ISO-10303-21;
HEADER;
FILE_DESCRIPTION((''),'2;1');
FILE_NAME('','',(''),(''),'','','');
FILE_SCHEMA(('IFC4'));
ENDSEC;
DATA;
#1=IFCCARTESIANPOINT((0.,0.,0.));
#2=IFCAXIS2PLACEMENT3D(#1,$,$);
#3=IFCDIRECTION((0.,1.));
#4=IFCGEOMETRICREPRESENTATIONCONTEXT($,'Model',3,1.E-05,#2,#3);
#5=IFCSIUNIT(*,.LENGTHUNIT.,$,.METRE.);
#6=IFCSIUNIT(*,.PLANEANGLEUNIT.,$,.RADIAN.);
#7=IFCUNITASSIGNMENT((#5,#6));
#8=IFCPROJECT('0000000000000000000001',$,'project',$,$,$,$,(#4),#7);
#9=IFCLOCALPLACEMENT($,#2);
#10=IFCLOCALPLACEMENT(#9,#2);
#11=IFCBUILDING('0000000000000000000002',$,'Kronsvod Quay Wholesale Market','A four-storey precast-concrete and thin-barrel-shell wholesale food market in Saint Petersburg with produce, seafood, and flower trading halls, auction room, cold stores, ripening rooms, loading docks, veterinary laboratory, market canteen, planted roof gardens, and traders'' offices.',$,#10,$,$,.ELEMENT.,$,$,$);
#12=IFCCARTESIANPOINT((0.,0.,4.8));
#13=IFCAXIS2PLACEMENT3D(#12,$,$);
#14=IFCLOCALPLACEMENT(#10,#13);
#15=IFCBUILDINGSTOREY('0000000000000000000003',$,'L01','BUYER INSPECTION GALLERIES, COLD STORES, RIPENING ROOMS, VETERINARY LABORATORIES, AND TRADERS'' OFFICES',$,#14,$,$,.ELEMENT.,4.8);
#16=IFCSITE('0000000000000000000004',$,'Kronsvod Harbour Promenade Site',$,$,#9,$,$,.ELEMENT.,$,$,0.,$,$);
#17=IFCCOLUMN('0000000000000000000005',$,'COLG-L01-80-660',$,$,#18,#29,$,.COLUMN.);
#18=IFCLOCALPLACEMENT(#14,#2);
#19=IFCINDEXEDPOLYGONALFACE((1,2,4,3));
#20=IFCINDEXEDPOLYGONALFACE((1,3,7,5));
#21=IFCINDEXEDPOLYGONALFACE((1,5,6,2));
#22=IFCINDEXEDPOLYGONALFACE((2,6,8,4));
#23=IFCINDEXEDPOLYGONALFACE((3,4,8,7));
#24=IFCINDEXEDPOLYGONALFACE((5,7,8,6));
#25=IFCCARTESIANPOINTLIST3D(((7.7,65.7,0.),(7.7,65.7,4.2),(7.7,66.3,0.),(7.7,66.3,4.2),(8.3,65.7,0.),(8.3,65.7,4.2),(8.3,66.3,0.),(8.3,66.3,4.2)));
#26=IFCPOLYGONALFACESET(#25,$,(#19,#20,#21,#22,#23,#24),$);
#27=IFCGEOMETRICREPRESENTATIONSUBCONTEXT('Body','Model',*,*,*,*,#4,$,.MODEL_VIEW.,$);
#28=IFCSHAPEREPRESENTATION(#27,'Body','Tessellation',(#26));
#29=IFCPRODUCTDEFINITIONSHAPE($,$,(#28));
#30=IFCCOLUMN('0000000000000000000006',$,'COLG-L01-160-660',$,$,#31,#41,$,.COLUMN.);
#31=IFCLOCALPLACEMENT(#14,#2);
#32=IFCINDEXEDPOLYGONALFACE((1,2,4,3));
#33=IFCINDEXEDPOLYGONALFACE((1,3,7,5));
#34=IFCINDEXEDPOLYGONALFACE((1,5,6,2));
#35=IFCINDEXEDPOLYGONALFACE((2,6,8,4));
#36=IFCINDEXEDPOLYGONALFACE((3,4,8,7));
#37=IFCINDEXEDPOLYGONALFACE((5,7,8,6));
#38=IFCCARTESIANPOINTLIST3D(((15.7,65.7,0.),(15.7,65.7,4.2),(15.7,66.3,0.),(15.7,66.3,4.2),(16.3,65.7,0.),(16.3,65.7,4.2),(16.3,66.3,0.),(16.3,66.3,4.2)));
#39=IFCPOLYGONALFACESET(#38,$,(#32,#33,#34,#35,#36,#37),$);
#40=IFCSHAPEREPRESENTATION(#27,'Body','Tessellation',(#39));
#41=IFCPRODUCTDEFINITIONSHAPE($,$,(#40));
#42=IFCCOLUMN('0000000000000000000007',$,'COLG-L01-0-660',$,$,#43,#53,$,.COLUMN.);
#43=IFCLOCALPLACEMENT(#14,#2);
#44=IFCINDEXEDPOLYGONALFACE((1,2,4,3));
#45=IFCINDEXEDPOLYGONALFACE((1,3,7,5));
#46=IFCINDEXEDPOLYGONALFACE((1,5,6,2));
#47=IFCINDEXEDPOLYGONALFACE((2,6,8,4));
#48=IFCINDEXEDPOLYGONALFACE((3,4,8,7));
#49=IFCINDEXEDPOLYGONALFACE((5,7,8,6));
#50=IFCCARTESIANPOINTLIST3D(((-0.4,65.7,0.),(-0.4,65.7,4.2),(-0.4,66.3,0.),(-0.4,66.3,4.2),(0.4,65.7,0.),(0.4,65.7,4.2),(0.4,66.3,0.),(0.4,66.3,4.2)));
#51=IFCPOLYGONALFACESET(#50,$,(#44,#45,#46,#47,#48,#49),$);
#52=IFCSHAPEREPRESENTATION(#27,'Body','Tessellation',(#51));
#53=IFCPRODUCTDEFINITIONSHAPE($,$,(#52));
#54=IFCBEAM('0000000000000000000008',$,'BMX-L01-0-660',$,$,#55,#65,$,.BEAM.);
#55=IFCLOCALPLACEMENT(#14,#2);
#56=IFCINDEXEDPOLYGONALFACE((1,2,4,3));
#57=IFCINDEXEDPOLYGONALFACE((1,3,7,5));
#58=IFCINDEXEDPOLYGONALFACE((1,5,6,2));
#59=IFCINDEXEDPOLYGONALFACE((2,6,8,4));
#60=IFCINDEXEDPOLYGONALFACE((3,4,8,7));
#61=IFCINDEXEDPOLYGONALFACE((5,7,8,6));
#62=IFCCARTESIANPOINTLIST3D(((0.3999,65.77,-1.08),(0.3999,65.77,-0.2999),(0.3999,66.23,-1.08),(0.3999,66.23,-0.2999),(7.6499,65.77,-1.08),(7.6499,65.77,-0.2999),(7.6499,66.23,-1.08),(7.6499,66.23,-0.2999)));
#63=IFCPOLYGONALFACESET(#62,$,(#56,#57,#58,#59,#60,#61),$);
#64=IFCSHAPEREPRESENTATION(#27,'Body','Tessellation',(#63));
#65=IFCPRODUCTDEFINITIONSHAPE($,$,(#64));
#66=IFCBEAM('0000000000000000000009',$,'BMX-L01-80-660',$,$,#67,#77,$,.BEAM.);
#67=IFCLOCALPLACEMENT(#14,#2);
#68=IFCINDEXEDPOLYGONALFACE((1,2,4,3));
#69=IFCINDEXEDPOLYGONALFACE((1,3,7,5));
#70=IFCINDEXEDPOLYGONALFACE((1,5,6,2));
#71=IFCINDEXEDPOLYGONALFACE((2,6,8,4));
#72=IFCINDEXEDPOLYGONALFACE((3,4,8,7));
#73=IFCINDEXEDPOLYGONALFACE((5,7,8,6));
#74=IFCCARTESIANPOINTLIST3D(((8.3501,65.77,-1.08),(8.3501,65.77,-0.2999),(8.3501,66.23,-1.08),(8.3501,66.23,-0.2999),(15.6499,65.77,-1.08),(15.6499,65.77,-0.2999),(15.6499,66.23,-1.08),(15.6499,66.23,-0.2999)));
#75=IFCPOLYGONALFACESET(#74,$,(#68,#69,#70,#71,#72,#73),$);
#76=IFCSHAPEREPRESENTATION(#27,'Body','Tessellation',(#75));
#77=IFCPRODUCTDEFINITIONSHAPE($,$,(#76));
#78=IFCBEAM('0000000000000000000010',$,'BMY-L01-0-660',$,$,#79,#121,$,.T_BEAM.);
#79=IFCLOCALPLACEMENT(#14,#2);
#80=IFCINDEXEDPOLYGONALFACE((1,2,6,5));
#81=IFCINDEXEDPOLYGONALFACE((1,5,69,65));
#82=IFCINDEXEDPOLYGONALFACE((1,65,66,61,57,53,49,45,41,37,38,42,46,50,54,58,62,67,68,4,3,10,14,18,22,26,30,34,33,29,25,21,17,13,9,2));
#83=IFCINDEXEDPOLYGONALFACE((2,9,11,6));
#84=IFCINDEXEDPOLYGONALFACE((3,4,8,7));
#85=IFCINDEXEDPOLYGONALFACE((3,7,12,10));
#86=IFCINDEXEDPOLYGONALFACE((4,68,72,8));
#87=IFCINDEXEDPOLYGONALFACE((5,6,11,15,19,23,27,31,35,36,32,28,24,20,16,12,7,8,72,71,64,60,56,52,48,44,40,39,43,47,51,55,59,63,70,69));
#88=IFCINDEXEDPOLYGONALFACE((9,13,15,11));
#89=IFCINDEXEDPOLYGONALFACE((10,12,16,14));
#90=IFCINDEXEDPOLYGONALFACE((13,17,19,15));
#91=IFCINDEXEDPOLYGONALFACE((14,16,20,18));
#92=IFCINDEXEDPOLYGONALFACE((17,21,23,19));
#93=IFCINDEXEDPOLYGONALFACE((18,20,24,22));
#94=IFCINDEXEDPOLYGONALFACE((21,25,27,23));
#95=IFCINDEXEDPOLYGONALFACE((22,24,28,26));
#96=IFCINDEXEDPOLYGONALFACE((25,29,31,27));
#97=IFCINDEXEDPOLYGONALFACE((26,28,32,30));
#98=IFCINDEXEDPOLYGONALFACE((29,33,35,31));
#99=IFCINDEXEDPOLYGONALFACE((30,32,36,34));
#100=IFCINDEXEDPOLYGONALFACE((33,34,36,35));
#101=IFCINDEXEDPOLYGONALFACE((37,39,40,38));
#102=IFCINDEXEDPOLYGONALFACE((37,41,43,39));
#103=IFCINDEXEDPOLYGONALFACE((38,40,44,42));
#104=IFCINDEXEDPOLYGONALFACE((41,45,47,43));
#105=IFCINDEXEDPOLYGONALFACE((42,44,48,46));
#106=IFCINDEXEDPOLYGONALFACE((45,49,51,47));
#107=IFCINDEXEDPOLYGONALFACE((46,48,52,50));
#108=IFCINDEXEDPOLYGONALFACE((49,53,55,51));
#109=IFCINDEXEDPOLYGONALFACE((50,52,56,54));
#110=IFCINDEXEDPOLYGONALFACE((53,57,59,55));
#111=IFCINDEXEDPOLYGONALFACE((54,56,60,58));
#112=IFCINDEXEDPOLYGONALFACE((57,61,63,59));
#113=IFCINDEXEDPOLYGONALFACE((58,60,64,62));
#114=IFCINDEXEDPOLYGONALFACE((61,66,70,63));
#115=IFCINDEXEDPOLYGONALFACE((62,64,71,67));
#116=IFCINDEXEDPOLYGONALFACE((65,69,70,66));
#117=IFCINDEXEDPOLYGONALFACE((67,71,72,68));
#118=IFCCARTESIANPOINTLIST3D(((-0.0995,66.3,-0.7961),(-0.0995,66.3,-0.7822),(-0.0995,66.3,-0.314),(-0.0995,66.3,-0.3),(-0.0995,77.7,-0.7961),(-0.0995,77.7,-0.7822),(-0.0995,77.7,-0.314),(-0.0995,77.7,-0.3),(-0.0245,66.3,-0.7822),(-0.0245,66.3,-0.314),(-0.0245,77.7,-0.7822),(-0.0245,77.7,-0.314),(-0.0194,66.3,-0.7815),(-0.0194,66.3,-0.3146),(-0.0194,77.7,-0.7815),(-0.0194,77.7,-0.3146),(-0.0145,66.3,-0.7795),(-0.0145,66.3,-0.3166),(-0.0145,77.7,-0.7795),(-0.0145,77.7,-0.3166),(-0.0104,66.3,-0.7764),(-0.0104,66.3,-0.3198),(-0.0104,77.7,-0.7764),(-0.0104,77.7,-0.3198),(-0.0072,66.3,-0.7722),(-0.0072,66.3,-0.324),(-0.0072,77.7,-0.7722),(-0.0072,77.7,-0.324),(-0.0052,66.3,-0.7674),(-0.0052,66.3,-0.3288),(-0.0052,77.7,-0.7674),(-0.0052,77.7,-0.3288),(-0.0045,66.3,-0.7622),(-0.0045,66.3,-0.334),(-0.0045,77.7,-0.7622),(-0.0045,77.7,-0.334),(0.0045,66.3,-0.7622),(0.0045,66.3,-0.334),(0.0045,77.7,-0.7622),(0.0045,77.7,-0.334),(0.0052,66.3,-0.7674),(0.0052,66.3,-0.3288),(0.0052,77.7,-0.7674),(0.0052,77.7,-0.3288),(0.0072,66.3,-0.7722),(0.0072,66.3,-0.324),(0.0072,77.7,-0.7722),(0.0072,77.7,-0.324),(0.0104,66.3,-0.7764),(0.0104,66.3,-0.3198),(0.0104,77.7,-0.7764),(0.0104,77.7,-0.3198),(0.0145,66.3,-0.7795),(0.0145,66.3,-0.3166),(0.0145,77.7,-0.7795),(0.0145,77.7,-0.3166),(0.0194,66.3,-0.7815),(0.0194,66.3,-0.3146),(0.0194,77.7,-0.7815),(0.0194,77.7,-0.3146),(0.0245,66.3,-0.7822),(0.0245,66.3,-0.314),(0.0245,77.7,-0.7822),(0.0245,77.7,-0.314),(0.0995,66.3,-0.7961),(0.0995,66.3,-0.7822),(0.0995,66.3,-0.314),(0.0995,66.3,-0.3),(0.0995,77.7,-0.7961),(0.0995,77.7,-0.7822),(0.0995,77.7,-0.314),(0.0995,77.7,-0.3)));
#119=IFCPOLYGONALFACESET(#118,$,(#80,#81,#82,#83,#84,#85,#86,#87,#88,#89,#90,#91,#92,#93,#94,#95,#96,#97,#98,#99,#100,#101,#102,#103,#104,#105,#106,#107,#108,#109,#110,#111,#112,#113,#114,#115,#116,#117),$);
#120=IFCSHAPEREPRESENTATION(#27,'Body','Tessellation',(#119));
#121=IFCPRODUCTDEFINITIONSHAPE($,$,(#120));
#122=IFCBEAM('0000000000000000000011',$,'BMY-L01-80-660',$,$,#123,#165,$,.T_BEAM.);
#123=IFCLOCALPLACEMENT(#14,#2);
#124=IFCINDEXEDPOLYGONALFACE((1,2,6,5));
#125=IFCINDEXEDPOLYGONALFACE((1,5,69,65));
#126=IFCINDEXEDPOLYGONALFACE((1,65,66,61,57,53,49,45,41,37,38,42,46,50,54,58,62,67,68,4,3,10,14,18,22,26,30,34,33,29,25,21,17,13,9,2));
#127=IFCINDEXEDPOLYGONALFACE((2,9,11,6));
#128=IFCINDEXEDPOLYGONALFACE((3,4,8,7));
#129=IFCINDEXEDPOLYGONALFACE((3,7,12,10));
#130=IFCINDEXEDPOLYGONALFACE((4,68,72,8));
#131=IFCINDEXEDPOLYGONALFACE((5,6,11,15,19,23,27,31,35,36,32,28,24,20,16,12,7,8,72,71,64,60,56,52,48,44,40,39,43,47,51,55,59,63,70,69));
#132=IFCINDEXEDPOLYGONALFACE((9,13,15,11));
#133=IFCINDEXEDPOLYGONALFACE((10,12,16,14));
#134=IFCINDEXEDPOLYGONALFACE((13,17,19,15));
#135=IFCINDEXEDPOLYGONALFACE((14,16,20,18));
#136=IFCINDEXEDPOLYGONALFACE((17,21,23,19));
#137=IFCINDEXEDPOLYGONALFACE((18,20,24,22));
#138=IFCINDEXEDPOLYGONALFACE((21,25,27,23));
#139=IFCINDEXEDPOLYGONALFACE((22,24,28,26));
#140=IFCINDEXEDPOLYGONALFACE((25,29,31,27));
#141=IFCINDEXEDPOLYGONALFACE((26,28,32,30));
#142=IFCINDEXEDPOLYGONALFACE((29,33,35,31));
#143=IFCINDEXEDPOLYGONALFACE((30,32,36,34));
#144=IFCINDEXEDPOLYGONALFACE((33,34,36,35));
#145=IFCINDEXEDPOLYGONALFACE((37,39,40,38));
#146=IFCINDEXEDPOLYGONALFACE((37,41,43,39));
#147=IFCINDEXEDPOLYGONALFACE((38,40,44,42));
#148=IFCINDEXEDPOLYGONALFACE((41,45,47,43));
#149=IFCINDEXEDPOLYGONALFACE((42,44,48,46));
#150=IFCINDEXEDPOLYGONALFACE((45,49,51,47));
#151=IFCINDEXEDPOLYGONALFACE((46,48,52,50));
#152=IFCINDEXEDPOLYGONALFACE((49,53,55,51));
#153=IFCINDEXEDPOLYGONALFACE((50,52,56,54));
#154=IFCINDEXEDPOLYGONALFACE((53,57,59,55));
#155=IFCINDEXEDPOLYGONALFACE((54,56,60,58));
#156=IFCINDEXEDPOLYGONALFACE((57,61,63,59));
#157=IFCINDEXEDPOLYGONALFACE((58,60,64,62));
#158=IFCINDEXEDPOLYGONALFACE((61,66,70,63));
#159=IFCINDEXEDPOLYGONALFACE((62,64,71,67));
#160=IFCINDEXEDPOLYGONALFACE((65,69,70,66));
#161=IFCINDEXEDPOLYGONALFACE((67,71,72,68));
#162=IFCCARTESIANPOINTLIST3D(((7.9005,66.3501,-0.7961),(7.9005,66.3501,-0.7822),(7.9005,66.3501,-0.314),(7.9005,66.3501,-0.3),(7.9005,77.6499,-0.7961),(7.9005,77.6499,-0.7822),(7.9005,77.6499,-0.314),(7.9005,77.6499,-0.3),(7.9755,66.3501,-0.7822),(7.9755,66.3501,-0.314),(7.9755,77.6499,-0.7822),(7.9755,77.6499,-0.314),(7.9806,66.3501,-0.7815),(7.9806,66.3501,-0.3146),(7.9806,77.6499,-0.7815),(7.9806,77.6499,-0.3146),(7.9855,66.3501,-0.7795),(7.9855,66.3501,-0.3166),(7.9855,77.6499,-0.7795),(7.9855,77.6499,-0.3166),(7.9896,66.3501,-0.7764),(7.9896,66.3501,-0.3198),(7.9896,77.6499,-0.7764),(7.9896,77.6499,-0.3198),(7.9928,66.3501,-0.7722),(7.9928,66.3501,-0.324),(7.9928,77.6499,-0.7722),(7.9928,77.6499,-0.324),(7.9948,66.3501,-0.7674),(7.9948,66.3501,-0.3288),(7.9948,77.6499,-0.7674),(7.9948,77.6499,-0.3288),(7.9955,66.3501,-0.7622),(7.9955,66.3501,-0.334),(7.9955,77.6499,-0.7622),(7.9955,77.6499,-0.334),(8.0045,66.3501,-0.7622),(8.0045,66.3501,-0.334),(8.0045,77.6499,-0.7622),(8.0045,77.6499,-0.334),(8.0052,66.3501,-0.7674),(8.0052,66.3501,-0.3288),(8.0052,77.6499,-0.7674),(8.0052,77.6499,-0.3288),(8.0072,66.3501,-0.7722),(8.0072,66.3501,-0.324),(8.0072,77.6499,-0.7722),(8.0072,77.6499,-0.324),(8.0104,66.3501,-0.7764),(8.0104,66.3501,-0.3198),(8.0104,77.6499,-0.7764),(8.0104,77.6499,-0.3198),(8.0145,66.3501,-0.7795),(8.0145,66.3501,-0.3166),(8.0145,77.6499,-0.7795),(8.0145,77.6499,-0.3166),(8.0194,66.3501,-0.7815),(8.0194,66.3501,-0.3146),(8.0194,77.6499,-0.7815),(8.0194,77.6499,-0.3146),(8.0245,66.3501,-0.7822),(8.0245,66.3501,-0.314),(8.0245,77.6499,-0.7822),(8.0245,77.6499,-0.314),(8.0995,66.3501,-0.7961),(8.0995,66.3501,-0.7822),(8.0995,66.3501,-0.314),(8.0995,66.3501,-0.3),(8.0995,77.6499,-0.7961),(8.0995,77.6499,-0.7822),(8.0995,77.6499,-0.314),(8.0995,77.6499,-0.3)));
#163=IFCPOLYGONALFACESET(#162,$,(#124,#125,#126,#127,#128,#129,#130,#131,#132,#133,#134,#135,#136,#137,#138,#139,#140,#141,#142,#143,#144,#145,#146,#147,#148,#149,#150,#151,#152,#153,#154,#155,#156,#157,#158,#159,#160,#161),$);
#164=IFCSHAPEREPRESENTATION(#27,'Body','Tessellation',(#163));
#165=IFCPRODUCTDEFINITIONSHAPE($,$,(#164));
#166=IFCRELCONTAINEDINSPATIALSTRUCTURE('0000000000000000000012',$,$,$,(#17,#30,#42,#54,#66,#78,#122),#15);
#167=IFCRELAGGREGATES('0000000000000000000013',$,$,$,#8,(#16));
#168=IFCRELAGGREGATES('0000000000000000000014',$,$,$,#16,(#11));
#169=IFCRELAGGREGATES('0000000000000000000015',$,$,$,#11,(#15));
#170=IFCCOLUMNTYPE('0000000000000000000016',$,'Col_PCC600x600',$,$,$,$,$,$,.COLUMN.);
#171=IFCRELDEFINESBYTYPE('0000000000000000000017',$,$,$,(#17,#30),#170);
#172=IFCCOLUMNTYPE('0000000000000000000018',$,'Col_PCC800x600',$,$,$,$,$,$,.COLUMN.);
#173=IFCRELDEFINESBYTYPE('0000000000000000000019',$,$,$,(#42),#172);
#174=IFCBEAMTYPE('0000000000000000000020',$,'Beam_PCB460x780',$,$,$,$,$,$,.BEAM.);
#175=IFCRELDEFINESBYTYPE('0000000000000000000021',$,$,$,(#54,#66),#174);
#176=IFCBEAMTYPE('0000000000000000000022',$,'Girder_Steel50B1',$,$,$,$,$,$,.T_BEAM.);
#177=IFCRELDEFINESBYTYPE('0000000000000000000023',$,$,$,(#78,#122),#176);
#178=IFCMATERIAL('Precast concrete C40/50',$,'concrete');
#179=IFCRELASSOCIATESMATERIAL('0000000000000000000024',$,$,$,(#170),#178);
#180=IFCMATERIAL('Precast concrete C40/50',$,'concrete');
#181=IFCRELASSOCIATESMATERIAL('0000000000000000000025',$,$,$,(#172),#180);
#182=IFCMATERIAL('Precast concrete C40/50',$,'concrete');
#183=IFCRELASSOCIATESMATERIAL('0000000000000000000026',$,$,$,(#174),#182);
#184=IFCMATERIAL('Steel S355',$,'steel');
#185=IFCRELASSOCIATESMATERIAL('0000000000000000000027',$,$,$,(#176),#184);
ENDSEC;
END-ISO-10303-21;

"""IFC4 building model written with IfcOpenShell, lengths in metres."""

from ifc_helpers import new_model, si_unit, direction, frame, origin, origin_2d, place, context, subcontext, project, spatial, rectangle, i_section, extrude, material, material_profile, profile_set, type_object, element, save


model = new_model("IFC4")

# Units and contexts
model_context = context("Model", 3, precision=1e-05, world=origin(), true_north=direction((0.0, 1.0)))
body_context = subcontext(model_context, "Body", "Model", "MODEL_VIEW")
ifc_project = project(units=[si_unit("LENGTHUNIT", "METRE"), si_unit("PLANEANGLEUNIT", "RADIAN")], contexts=[model_context])

# Site, building, storey
site_placement = place(None, origin())
site = spatial("IfcSite", under=ifc_project, at=site_placement, Name="Kronsvod Harbour Promenade Site", CompositionType="ELEMENT", RefElevation=0.0)
building_placement = place(site_placement, origin())
building = spatial("IfcBuilding", under=site, at=building_placement, Name="Kronsvod Quay Wholesale Market", Description="A four-storey precast-concrete and thin-barrel-shell wholesale food market in Saint Petersburg with produce, seafood, and flower trading halls, auction room, cold stores, ripening rooms, loading docks, veterinary laboratory, market canteen, planted roof gardens, and traders' offices.", CompositionType="ELEMENT")
storey_placement = place(building_placement, frame((0.0, 0.0, 4.8)))
storey = spatial("IfcBuildingStorey", under=building, at=storey_placement, Name="L01", Description="BUYER INSPECTION GALLERIES, COLD STORES, RIPENING ROOMS, VETERINARY LABORATORIES, AND TRADERS' OFFICES", CompositionType="ELEMENT", Elevation=4.8)

# Columns
ifc_material_1 = material(Name="Precast concrete C40/50", Category="concrete")
ifc_material_profile_1 = material_profile(ifc_material_1, rectangle(XDim=0.6001, YDim=0.6001, at=origin_2d()), Name="PCC600x600")
ifc_profile_set_1 = profile_set([ifc_material_profile_1], Name="Precast concrete C40/50")
column_type_1 = type_object("IfcColumnType", Name="Col_PCC600x600", PredefinedType="COLUMN", material=ifc_profile_set_1)
for number, where, z_axis, x_axis, name in (
    (1, (8.0, 66.0, 0.0), (0.0, 0.0, 1.0), (1.0, 0.0, 0.0), "COLG-L01-80-660"),
    (2, (16.0, 66.0, 0.0), (0.0, 0.0, 1.0), (1.0, 0.0, 0.0), "COLG-L01-160-660"),
):
    element("IfcColumn", number, at=place(storey_placement, frame(where, z_axis=z_axis, x_axis=x_axis)), inside=storey, type_object=column_type_1, Name=name, PredefinedType="COLUMN", context=body_context, shape_type="SweptSolid", body=[
        extrude(rectangle(XDim=0.6001, YDim=0.6001, at=origin_2d()), origin(), (0.0, 0.0, 1.0), 4.2),
    ])
ifc_material_2 = material(Name="Precast concrete C40/50", Category="concrete")
ifc_material_profile_2 = material_profile(ifc_material_2, rectangle(XDim=0.8, YDim=0.6001, at=origin_2d()), Name="PCC800x600")
ifc_profile_set_2 = profile_set([ifc_material_profile_2], Name="Precast concrete C40/50")
column_type_2 = type_object("IfcColumnType", Name="Col_PCC800x600", PredefinedType="COLUMN", material=ifc_profile_set_2)
column_placement = place(storey_placement, frame((0.0, 66.0, 0.0), z_axis=(0.0, 0.0, 1.0), x_axis=(1.0, 0.0, 0.0)))
element("IfcColumn", 3, at=column_placement, inside=storey, type_object=column_type_2, Name="COLG-L01-0-660", PredefinedType="COLUMN", context=body_context, shape_type="SweptSolid", body=[
    extrude(rectangle(XDim=0.8, YDim=0.6001, at=origin_2d()), origin(), (0.0, 0.0, 1.0), 4.2),
])

# Beams
ifc_material_3 = material(Name="Precast concrete C40/50", Category="concrete")
ifc_material_profile_3 = material_profile(ifc_material_3, rectangle(XDim=0.46, YDim=0.78, at=origin_2d()), Name="PB-03")
ifc_profile_set_3 = profile_set([ifc_material_profile_3], Name="Precast concrete C40/50")
beam_type_1 = type_object("IfcBeamType", Name="Beam_PCB460x780", PredefinedType="BEAM", material=ifc_profile_set_3)
beam_1_placement = place(storey_placement, frame((0.3999, 66.0, -0.6899), z_axis=(1.0, 0.0, 0.0), x_axis=(0.0, 1.0, 0.0)))
element("IfcBeam", 4, at=beam_1_placement, inside=storey, type_object=beam_type_1, Name="BMX-L01-0-660", PredefinedType="BEAM", context=body_context, shape_type="SweptSolid", body=[
    extrude(rectangle(XDim=0.46, YDim=0.78, at=origin_2d()), origin(), (0.0, 0.0, 1.0), 7.25),
])
beam_2_placement = place(storey_placement, frame((8.3501, 66.0, -0.6899), z_axis=(1.0, 0.0, 0.0), x_axis=(0.0, 1.0, 0.0)))
element("IfcBeam", 5, at=beam_2_placement, inside=storey, type_object=beam_type_1, Name="BMX-L01-80-660", PredefinedType="BEAM", context=body_context, shape_type="SweptSolid", body=[
    extrude(rectangle(XDim=0.46, YDim=0.78, at=origin_2d()), origin(), (0.0, 0.0, 1.0), 7.2998),
])
ifc_material_4 = material(Name="Steel S355", Category="steel")
ifc_material_profile_4 = material_profile(ifc_material_4, i_section(OverallWidth=0.199, OverallDepth=0.4961, WebThickness=0.009, FlangeThickness=0.0139, FilletRadius=0.02, at=origin_2d()), Name="50B1")
ifc_profile_set_4 = profile_set([ifc_material_profile_4], Name="Steel S355")
beam_type_2 = type_object("IfcBeamType", Name="Girder_Steel50B1", PredefinedType="T_BEAM", material=ifc_profile_set_4)
beam_3_placement = place(storey_placement, frame((0.0, 66.3, -0.5481), z_axis=(0.0, 1.0, 0.0), x_axis=(-1.0, 0.0, 0.0)))
element("IfcBeam", 6, at=beam_3_placement, inside=storey, type_object=beam_type_2, Name="BMY-L01-0-660", PredefinedType="T_BEAM", context=body_context, shape_type="SweptSolid", body=[
    extrude(i_section(OverallWidth=0.199, OverallDepth=0.4961, WebThickness=0.009, FlangeThickness=0.0139, FilletRadius=0.02, at=origin_2d()), origin(), (0.0, 0.0, 1.0), 11.3999),
])
for number, where, z_axis, x_axis, name in (
    (7, (8.0, 66.3501, -0.5481), (0.0, 1.0, 0.0), (-1.0, 0.0, 0.0), "BMY-L01-80-660"),
):
    element("IfcBeam", number, at=place(storey_placement, frame(where, z_axis=z_axis, x_axis=x_axis)), inside=storey, type_object=beam_type_2, Name=name, PredefinedType="T_BEAM", context=body_context, shape_type="SweptSolid", body=[
        extrude(i_section(OverallWidth=0.199, OverallDepth=0.4961, WebThickness=0.009, FlangeThickness=0.0139, FilletRadius=0.02, at=origin_2d()), origin(), (0.0, 0.0, 1.0), 11.2998),
    ])

save(model, "model.ifc")
